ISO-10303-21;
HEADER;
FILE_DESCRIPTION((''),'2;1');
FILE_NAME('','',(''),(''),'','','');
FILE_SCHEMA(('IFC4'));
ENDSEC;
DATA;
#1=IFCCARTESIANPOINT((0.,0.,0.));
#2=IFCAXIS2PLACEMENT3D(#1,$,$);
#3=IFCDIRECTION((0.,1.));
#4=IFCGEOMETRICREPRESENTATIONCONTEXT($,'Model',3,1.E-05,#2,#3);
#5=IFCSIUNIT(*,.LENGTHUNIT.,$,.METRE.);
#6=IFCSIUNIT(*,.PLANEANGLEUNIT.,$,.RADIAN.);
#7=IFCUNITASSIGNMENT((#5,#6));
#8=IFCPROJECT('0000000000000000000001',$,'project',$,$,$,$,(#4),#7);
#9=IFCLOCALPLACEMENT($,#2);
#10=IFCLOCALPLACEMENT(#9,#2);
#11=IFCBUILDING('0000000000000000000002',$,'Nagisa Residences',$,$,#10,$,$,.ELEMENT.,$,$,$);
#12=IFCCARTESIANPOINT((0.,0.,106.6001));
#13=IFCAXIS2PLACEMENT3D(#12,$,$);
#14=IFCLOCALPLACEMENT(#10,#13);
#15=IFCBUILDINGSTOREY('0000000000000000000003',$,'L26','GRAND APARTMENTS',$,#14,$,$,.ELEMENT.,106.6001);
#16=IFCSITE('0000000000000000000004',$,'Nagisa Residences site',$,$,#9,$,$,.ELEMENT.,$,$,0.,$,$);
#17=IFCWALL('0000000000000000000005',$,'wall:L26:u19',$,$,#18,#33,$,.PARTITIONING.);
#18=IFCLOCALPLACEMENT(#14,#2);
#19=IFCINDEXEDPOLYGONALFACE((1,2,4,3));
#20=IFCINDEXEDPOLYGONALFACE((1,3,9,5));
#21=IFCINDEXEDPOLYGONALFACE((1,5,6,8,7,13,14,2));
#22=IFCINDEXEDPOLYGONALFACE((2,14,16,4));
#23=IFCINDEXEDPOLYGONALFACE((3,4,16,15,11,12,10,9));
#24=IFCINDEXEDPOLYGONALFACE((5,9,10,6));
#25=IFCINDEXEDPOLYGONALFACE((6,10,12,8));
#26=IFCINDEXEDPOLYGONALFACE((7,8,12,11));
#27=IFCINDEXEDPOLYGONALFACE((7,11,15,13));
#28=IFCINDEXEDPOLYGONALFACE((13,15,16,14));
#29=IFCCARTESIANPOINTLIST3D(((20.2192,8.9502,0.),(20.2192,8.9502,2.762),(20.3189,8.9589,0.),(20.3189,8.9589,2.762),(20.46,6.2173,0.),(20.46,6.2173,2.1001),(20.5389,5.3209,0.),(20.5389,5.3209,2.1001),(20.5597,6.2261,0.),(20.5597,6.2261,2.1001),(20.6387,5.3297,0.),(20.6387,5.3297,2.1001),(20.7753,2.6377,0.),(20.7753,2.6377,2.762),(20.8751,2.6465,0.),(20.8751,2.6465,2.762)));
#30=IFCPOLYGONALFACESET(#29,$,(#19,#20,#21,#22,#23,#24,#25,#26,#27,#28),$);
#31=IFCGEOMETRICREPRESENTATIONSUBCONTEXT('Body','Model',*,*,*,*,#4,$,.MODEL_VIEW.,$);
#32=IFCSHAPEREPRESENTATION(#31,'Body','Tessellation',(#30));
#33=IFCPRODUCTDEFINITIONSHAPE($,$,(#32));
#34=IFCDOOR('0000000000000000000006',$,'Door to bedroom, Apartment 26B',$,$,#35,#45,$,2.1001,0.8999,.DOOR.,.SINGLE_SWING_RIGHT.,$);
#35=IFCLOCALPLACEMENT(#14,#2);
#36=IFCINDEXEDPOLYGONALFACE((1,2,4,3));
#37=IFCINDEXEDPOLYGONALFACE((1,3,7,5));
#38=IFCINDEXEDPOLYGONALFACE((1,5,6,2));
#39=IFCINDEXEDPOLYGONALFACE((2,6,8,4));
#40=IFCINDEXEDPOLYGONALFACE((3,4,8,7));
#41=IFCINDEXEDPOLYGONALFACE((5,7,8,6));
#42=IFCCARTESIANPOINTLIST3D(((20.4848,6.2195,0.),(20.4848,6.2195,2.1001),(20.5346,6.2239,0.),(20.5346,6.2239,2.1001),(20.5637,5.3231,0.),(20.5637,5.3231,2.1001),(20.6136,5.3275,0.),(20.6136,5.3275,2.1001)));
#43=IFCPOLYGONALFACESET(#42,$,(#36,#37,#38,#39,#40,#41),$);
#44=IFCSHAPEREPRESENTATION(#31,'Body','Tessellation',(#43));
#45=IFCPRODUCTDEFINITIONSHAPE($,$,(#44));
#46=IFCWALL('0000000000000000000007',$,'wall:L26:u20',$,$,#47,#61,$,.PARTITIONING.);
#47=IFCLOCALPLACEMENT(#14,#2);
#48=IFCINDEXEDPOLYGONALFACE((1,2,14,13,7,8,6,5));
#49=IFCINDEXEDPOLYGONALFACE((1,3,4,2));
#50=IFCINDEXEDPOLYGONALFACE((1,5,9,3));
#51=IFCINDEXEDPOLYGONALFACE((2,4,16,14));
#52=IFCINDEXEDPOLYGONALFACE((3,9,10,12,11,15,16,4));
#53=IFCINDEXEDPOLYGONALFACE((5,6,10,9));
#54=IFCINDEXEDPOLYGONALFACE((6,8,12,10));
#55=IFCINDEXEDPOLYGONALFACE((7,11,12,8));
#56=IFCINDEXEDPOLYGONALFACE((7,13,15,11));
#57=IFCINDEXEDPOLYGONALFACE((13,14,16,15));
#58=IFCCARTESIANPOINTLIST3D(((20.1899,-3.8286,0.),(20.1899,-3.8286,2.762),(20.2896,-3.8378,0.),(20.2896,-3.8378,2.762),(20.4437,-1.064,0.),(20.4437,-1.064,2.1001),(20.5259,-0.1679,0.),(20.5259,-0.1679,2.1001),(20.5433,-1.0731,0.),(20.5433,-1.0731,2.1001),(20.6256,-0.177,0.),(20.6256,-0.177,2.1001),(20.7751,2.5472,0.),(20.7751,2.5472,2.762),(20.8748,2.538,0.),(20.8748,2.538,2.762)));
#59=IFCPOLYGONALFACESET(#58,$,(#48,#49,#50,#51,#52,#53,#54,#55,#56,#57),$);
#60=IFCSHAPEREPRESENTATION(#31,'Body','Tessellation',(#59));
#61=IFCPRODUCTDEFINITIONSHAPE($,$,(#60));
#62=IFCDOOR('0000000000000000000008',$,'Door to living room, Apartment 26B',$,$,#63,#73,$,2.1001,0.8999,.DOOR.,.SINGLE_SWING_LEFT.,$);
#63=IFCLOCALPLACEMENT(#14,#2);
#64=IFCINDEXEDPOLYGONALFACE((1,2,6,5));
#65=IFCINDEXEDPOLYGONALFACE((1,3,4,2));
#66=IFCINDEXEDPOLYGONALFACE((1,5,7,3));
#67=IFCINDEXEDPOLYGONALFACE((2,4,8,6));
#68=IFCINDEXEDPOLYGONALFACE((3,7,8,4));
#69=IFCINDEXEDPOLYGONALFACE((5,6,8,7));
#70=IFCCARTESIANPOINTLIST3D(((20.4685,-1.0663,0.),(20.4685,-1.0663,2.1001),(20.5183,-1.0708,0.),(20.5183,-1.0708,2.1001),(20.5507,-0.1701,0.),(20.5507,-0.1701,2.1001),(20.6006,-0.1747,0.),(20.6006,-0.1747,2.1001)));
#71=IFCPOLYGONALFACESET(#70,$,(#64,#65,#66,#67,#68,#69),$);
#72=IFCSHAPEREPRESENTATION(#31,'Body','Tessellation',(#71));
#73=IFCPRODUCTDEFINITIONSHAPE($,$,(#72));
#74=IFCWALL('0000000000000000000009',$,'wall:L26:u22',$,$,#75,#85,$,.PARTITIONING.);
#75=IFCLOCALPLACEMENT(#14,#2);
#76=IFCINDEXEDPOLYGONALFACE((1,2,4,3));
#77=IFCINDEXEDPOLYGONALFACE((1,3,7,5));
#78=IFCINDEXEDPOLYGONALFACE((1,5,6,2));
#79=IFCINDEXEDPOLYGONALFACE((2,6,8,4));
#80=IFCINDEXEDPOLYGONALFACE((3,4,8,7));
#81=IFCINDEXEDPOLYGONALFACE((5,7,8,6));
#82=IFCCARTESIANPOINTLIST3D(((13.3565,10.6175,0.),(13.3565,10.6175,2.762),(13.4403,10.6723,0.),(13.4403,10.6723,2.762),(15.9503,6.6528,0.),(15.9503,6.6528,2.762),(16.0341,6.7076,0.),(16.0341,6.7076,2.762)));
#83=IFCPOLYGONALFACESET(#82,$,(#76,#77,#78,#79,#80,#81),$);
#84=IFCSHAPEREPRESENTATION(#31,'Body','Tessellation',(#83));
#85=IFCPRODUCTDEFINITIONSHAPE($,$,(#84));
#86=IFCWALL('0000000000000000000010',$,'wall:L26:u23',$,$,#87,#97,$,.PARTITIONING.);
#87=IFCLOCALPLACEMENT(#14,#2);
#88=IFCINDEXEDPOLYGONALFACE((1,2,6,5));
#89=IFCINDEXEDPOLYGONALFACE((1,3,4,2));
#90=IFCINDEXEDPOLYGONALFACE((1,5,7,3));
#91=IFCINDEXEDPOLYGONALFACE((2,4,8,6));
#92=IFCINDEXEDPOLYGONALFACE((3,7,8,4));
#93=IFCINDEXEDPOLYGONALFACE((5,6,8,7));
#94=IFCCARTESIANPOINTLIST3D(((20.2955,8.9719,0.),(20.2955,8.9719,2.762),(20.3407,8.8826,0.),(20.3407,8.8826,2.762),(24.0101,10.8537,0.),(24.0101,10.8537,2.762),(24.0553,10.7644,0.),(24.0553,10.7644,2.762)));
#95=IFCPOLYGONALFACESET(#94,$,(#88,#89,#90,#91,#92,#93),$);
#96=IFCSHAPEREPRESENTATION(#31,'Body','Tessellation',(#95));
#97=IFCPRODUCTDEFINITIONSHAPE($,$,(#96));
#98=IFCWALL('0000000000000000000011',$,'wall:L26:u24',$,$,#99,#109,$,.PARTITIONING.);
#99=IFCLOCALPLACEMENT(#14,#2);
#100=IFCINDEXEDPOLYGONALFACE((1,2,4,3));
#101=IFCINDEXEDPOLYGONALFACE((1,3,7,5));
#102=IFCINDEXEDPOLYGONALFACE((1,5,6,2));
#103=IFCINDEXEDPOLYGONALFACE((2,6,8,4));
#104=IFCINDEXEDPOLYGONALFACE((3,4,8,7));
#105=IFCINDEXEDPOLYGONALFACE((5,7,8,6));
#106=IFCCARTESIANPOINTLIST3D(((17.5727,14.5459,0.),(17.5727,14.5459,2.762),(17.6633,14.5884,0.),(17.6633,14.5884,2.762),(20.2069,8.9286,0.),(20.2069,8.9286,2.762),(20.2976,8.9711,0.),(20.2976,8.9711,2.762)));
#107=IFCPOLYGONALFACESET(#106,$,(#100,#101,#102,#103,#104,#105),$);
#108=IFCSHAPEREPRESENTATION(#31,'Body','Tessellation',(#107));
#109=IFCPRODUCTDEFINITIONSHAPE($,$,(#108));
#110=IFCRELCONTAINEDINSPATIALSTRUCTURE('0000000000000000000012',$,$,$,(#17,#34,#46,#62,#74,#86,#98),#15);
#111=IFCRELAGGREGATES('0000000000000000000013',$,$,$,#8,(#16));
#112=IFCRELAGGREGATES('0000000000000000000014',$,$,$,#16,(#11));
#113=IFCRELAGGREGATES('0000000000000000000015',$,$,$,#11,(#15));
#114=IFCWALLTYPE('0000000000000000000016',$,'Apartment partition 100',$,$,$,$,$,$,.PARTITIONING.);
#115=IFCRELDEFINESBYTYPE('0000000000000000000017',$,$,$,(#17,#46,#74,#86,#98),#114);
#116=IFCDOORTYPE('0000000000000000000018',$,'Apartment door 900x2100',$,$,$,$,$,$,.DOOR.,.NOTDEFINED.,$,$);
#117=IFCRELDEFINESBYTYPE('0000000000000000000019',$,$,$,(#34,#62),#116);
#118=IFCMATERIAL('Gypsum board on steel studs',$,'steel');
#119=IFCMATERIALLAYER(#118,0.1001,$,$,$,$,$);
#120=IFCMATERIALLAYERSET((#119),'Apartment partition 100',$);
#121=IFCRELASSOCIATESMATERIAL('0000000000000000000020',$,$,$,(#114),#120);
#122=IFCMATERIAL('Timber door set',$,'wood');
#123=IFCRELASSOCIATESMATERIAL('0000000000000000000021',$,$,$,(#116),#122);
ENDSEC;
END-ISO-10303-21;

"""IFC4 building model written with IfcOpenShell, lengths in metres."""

from ifc_helpers import new_model, si_unit, direction, frame, frame_2d, origin, place, context, subcontext, project, spatial, rectangle, extrude, material, layer, layer_set, type_object, element, fill, save


model = new_model("IFC4")

# Units and contexts
model_context = context("Model", 3, precision=1e-05, world=origin(), true_north=direction((0.0, 1.0)))
body_context = subcontext(model_context, "Body", "Model", "MODEL_VIEW")
ifc_project = project(units=[si_unit("LENGTHUNIT", "METRE"), si_unit("PLANEANGLEUNIT", "RADIAN")], contexts=[model_context])

# Site, building, storey
site_placement = place(None, origin())
site = spatial("IfcSite", under=ifc_project, at=site_placement, Name="Nagisa Residences site", CompositionType="ELEMENT", RefElevation=0.0)
building_placement = place(site_placement, origin())
building = spatial("IfcBuilding", under=site, at=building_placement, Name="Nagisa Residences", CompositionType="ELEMENT")
storey_placement = place(building_placement, frame((0.0, 0.0, 106.6001)))
storey = spatial("IfcBuildingStorey", under=building, at=storey_placement, Name="L26", Description="GRAND APARTMENTS", CompositionType="ELEMENT", Elevation=106.6001)

# Walls, openings, doors
ifc_material_1 = material(Name="Gypsum board on steel studs", Category="steel")
ifc_layer_1 = layer(ifc_material_1, 0.1001)
ifc_layer_set_1 = layer_set([ifc_layer_1], Name="Apartment partition 100")
wall_type = type_object("IfcWallType", Name="Apartment partition 100", PredefinedType="PARTITIONING", material=ifc_layer_set_1)
ifc_material_2 = material(Name="Timber door set", Category="wood")
door_type = type_object("IfcDoorType", Name="Apartment door 900x2100", OperationType="NOTDEFINED", PredefinedType="DOOR", material=ifc_material_2)
wall_1_placement = place(storey_placement, frame((20.8252, 2.6421, 0.0), z_axis=(0.0, 0.0, 1.0), x_axis=(-0.087763, 0.996141, 0.0)))
wall_1 = element("IfcWall", 1, at=wall_1_placement, inside=storey, type_object=wall_type, Name="wall:L26:u19", PredefinedType="PARTITIONING", context=body_context, shape_type="SweptSolid", body=[
    extrude(rectangle(XDim=6.3369, YDim=0.1001, at=frame_2d((3.1685, 0.0))), origin(), (0.0, 0.0, 1.0), 2.762),
])
opening_1_placement = place(wall_1_placement, frame((2.6936, 0.0, 0.0)))
opening_1 = element("IfcOpeningElement", 2, at=opening_1_placement, cuts=wall_1, PredefinedType="OPENING", context=body_context, shape_type="SweptSolid", body=[
    extrude(rectangle(XDim=0.8999, YDim=2.1001, at=frame_2d((0.45, 1.05))), frame((0.0, 0.0601, 0.0), z_axis=(0.0, -1.0, 0.0), x_axis=(1.0, 0.0, 0.0)), (0.0, 0.0, 1.0), 0.1201),
])
door_1_placement = place(opening_1_placement, frame((0.8999, 0.0, 0.0), x_axis=(-1.0, 0.0, 0.0)))
door_1 = element("IfcDoor", 3, at=door_1_placement, inside=storey, type_object=door_type, Name="Door to bedroom, Apartment 26B", OperationType="SINGLE_SWING_RIGHT", OverallHeight=2.1001, OverallWidth=0.8999, PredefinedType="DOOR", context=body_context, shape_type="SweptSolid", body=[
    extrude(rectangle(XDim=0.8999, YDim=2.1001, at=frame_2d((0.45, 1.05))), frame((0.0, 0.0249, 0.0), z_axis=(0.0, -1.0, 0.0), x_axis=(1.0, 0.0, 0.0)), (0.0, 0.0, 1.0), 0.05),
])
fill(opening_1, door_1)
wall_2_placement = place(storey_placement, frame((20.825, 2.5425, 0.0), z_axis=(0.0, 0.0, 1.0), x_axis=(-0.091402, -0.995814, 0.0)))
wall_2 = element("IfcWall", 4, at=wall_2_placement, inside=storey, type_object=wall_type, Name="wall:L26:u20", PredefinedType="PARTITIONING", context=body_context, shape_type="SweptSolid", body=[
    extrude(rectangle(XDim=6.4026, YDim=0.1001, at=frame_2d((3.2012, 0.0))), origin(), (0.0, 0.0, 1.0), 2.762),
])
opening_2_placement = place(wall_2_placement, frame((2.7263, 0.0, 0.0)))
opening_2 = element("IfcOpeningElement", 5, at=opening_2_placement, cuts=wall_2, PredefinedType="OPENING", context=body_context, shape_type="SweptSolid", body=[
    extrude(rectangle(XDim=0.8999, YDim=2.1001, at=frame_2d((0.45, 1.05))), frame((0.0, 0.0601, 0.0), z_axis=(0.0, -1.0, 0.0), x_axis=(1.0, 0.0, 0.0)), (0.0, 0.0, 1.0), 0.1201),
])
door_2_placement = place(opening_2_placement, origin())
door_2 = element("IfcDoor", 6, at=door_2_placement, inside=storey, type_object=door_type, Name="Door to living room, Apartment 26B", OperationType="SINGLE_SWING_LEFT", OverallHeight=2.1001, OverallWidth=0.8999, PredefinedType="DOOR", context=body_context, shape_type="SweptSolid", body=[
    extrude(rectangle(XDim=0.8999, YDim=2.1001, at=frame_2d((0.45, 1.05))), frame((0.0, 0.0249, 0.0), z_axis=(0.0, -1.0, 0.0), x_axis=(1.0, 0.0, 0.0)), (0.0, 0.0, 1.0), 0.05),
])
fill(opening_2, door_2)

# Walls
wall_3_placement = place(storey_placement, frame((15.9922, 6.6802, 0.0), z_axis=(0.0, 0.0, 1.0), x_axis=(-0.547473, 0.836823, 0.0)))
element("IfcWall", 7, at=wall_3_placement, inside=storey, type_object=wall_type, Name="wall:L26:u22", PredefinedType="PARTITIONING", context=body_context, shape_type="SweptSolid", body=[
    extrude(rectangle(XDim=4.7378, YDim=0.1001, at=frame_2d((2.3689, 0.0))), origin(), (0.0, 0.0, 1.0), 2.762),
])
wall_4_placement = place(storey_placement, frame((20.3181, 8.9272, 0.0), z_axis=(0.0, 0.0, 1.0), x_axis=(0.892058, 0.451921, 0.0)))
element("IfcWall", 8, at=wall_4_placement, inside=storey, type_object=wall_type, Name="wall:L26:u23", PredefinedType="PARTITIONING", context=body_context, shape_type="SweptSolid", body=[
    extrude(rectangle(XDim=4.1641, YDim=0.1001, at=frame_2d((2.082, 0.0))), origin(), (0.0, 0.0, 1.0), 2.762),
])
wall_5_placement = place(storey_placement, frame((20.2522, 8.95, 0.0), z_axis=(0.0, 0.0, 1.0), x_axis=(-0.42458, 0.90539, 0.0)))
element("IfcWall", 9, at=wall_5_placement, inside=storey, type_object=wall_type, Name="wall:L26:u24", PredefinedType="PARTITIONING", context=body_context, shape_type="SweptSolid", body=[
    extrude(rectangle(XDim=6.2043, YDim=0.1001, at=frame_2d((3.1021, 0.0))), origin(), (0.0, 0.0, 1.0), 2.762),
])

save(model, "model.ifc")
